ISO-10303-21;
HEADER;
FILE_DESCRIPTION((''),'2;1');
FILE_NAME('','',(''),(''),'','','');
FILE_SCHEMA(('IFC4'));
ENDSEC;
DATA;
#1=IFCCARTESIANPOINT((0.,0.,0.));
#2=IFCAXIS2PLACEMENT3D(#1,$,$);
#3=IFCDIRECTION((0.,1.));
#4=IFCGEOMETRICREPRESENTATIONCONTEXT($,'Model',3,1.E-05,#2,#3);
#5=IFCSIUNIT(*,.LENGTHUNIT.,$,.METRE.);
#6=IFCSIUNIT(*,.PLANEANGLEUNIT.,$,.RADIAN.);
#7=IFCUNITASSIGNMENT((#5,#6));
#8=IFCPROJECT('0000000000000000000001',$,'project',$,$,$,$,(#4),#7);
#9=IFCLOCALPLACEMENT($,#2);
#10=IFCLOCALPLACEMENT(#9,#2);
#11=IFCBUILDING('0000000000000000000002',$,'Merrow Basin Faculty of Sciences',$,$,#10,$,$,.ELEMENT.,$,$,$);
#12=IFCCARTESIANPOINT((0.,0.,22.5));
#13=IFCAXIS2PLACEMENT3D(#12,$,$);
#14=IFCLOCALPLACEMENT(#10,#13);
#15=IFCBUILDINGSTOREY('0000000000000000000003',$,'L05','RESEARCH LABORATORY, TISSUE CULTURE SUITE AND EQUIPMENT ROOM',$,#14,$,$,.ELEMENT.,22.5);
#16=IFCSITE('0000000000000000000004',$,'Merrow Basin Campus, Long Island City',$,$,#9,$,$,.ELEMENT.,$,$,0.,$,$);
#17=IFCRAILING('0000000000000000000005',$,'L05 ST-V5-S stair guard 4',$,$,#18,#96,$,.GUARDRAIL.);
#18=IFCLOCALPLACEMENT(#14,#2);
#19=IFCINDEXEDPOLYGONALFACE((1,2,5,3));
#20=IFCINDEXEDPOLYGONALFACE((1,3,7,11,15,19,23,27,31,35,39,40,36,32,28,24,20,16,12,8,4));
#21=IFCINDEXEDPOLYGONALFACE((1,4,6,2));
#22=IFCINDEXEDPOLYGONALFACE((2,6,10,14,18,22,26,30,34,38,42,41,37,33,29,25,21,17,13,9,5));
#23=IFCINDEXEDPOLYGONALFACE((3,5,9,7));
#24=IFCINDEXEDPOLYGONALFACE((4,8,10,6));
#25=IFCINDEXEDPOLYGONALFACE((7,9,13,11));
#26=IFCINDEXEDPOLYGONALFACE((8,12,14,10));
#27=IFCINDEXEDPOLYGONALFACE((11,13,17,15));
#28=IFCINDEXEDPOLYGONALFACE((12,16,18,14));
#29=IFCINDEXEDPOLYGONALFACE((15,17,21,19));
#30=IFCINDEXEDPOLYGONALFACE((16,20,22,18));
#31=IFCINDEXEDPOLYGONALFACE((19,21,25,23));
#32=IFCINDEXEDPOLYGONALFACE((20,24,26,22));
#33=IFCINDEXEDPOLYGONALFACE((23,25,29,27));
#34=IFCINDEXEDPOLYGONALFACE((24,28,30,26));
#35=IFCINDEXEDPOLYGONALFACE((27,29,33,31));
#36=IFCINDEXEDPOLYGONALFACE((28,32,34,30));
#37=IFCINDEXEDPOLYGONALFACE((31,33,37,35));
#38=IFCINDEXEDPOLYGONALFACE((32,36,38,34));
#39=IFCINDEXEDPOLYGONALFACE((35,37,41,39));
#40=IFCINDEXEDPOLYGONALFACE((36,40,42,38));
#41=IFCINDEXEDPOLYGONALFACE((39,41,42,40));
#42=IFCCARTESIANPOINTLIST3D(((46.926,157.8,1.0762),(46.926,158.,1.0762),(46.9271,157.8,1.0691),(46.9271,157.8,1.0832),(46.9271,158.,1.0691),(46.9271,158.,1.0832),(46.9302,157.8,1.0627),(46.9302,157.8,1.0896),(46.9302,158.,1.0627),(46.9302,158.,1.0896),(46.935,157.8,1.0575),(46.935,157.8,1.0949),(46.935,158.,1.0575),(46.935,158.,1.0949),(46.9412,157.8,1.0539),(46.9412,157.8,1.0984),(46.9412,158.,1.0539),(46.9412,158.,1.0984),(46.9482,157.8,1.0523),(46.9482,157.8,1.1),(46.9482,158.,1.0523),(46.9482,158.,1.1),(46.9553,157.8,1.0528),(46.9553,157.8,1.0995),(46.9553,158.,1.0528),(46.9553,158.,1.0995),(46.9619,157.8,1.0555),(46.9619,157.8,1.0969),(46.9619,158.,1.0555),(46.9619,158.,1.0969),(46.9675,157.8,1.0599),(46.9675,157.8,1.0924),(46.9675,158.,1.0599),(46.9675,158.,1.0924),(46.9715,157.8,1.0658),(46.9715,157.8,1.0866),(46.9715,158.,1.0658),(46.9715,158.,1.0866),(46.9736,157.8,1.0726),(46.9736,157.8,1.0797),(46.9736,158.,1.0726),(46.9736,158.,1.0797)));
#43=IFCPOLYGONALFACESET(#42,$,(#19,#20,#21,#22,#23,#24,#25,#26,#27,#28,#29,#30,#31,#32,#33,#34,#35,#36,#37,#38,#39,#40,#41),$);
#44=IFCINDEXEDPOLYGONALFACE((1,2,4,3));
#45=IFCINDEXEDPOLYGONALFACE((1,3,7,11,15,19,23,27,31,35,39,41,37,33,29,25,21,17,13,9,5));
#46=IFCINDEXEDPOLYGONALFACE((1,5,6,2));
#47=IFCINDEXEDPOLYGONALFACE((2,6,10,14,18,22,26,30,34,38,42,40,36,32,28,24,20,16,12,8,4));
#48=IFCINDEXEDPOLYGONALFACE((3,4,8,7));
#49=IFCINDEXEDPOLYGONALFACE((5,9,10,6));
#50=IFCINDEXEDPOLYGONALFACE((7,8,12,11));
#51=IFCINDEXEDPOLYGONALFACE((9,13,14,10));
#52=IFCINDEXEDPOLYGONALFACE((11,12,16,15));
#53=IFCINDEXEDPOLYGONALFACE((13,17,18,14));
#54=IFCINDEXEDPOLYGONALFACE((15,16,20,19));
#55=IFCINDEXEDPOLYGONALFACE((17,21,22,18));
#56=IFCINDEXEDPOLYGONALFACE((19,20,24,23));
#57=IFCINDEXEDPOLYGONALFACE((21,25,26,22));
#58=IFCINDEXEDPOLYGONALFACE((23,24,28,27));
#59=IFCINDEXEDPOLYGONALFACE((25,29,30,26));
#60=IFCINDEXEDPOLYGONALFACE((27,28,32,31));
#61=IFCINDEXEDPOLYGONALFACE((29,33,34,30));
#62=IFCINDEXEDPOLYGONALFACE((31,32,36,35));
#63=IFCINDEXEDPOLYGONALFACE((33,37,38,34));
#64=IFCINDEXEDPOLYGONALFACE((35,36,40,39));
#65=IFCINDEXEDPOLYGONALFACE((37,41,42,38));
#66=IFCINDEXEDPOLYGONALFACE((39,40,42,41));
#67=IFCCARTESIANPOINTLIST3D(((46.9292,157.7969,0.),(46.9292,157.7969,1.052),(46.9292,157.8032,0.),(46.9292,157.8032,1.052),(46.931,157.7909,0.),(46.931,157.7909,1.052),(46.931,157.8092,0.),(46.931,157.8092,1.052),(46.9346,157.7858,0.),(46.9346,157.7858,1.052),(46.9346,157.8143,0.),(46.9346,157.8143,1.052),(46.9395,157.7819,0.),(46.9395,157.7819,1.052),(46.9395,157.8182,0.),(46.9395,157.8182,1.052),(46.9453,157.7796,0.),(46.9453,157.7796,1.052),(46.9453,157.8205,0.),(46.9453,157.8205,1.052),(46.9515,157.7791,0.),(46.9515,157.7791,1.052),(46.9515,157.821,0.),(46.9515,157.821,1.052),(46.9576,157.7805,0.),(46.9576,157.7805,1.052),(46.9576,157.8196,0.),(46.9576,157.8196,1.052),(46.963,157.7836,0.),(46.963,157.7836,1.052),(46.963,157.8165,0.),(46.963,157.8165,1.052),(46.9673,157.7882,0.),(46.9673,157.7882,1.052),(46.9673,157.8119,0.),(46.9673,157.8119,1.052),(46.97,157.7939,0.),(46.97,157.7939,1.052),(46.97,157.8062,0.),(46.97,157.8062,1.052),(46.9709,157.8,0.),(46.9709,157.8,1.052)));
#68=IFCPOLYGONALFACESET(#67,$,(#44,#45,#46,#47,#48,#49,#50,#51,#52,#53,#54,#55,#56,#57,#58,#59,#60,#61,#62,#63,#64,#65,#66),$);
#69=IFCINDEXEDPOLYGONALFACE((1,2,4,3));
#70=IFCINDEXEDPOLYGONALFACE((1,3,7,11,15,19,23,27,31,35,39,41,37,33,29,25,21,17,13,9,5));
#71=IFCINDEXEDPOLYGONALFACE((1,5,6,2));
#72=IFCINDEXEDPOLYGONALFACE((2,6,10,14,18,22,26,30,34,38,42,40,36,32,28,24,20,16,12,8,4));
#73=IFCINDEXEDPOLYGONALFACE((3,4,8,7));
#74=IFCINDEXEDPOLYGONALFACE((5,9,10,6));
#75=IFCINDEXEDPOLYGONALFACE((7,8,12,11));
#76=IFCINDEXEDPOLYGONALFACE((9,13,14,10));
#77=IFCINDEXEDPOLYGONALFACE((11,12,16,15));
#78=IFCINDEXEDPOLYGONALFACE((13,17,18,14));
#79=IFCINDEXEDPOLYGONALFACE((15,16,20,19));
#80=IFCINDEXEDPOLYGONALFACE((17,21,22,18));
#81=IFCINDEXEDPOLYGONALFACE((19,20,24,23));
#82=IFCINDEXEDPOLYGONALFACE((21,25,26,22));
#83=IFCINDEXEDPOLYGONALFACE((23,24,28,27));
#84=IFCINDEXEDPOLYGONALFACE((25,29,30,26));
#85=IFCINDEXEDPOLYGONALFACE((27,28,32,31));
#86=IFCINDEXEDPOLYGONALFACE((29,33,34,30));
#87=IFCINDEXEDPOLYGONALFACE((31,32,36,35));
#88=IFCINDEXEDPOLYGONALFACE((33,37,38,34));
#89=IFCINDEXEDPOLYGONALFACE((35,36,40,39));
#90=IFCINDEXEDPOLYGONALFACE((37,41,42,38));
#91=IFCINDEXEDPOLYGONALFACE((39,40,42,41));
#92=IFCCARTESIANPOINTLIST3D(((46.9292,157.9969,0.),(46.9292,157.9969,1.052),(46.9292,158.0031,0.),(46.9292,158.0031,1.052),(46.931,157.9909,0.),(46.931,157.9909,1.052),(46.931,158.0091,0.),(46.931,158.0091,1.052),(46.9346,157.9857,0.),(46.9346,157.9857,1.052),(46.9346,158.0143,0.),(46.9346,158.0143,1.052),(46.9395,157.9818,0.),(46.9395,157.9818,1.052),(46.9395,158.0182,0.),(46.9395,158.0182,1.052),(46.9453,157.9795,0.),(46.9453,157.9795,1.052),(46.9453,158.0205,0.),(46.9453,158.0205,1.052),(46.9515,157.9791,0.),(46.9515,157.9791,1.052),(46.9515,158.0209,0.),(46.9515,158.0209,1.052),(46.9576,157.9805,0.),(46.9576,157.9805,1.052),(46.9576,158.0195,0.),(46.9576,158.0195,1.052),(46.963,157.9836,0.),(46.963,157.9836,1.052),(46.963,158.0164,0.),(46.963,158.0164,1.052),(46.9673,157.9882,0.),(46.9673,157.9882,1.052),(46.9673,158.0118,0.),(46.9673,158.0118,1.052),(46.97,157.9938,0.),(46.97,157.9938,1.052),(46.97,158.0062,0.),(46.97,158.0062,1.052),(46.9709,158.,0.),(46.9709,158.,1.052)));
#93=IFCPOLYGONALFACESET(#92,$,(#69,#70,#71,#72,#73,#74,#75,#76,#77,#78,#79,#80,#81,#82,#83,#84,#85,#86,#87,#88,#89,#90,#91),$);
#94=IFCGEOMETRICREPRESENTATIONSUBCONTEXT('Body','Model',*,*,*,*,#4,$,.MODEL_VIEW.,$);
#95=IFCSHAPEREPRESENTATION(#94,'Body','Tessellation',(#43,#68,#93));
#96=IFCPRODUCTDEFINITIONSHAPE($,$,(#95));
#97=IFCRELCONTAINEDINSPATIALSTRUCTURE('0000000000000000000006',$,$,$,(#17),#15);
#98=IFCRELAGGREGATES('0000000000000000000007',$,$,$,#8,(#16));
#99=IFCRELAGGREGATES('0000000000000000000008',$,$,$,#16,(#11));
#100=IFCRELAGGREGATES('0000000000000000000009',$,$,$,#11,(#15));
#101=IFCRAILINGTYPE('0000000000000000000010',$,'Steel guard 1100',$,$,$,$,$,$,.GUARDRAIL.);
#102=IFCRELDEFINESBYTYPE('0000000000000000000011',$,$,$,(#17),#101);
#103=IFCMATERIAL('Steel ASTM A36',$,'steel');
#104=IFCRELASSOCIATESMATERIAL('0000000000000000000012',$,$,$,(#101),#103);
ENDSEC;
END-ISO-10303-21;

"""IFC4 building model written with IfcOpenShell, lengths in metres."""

from ifc_helpers import new_model, si_unit, direction, frame, origin, origin_2d, place, context, subcontext, project, spatial, circle, extrude, material, type_object, element, save


model = new_model("IFC4")

# Units and contexts
model_context = context("Model", 3, precision=1e-05, world=origin(), true_north=direction((0.0, 1.0)))
body_context = subcontext(model_context, "Body", "Model", "MODEL_VIEW")
ifc_project = project(units=[si_unit("LENGTHUNIT", "METRE"), si_unit("PLANEANGLEUNIT", "RADIAN")], contexts=[model_context])

# Site, building, storey
site_placement = place(None, origin())
site = spatial("IfcSite", under=ifc_project, at=site_placement, Name="Merrow Basin Campus, Long Island City", CompositionType="ELEMENT", RefElevation=0.0)
building_placement = place(site_placement, origin())
building = spatial("IfcBuilding", under=site, at=building_placement, Name="Merrow Basin Faculty of Sciences", CompositionType="ELEMENT")
storey_placement = place(building_placement, frame((0.0, 0.0, 22.5)))
storey = spatial("IfcBuildingStorey", under=building, at=storey_placement, Name="L05", Description="RESEARCH LABORATORY, TISSUE CULTURE SUITE AND EQUIPMENT ROOM", CompositionType="ELEMENT", Elevation=22.5)

# Railing
ifc_material_1 = material(Name="Steel ASTM A36", Category="steel")
railing_type_1 = type_object("IfcRailingType", Name="Steel guard 1100", PredefinedType="GUARDRAIL", material=ifc_material_1)
railing_1_placement = place(storey_placement, frame((46.95, 157.8, 0.0)))
element("IfcRailing", 1, at=railing_1_placement, inside=storey, type_object=railing_type_1, Name="L05 ST-V5-S stair guard 4", PredefinedType="GUARDRAIL", context=body_context, shape_type="SweptSolid", body=[
    extrude(circle(Radius=0.0239, at=origin_2d()), frame((0.0, 0.0, 1.0762), z_axis=(0.0, 1.0, 0.0), x_axis=(-1.0, 0.0, 0.0)), (0.0, 0.0, 1.0), 0.2),
    extrude(circle(Radius=0.021, at=origin_2d()), origin(), (0.0, 0.0, 1.0), 1.052),
    extrude(circle(Radius=0.021, at=origin_2d()), frame((0.0, 0.2, 0.0)), (0.0, 0.0, 1.0), 1.052),
])

save(model, "model.ifc")
